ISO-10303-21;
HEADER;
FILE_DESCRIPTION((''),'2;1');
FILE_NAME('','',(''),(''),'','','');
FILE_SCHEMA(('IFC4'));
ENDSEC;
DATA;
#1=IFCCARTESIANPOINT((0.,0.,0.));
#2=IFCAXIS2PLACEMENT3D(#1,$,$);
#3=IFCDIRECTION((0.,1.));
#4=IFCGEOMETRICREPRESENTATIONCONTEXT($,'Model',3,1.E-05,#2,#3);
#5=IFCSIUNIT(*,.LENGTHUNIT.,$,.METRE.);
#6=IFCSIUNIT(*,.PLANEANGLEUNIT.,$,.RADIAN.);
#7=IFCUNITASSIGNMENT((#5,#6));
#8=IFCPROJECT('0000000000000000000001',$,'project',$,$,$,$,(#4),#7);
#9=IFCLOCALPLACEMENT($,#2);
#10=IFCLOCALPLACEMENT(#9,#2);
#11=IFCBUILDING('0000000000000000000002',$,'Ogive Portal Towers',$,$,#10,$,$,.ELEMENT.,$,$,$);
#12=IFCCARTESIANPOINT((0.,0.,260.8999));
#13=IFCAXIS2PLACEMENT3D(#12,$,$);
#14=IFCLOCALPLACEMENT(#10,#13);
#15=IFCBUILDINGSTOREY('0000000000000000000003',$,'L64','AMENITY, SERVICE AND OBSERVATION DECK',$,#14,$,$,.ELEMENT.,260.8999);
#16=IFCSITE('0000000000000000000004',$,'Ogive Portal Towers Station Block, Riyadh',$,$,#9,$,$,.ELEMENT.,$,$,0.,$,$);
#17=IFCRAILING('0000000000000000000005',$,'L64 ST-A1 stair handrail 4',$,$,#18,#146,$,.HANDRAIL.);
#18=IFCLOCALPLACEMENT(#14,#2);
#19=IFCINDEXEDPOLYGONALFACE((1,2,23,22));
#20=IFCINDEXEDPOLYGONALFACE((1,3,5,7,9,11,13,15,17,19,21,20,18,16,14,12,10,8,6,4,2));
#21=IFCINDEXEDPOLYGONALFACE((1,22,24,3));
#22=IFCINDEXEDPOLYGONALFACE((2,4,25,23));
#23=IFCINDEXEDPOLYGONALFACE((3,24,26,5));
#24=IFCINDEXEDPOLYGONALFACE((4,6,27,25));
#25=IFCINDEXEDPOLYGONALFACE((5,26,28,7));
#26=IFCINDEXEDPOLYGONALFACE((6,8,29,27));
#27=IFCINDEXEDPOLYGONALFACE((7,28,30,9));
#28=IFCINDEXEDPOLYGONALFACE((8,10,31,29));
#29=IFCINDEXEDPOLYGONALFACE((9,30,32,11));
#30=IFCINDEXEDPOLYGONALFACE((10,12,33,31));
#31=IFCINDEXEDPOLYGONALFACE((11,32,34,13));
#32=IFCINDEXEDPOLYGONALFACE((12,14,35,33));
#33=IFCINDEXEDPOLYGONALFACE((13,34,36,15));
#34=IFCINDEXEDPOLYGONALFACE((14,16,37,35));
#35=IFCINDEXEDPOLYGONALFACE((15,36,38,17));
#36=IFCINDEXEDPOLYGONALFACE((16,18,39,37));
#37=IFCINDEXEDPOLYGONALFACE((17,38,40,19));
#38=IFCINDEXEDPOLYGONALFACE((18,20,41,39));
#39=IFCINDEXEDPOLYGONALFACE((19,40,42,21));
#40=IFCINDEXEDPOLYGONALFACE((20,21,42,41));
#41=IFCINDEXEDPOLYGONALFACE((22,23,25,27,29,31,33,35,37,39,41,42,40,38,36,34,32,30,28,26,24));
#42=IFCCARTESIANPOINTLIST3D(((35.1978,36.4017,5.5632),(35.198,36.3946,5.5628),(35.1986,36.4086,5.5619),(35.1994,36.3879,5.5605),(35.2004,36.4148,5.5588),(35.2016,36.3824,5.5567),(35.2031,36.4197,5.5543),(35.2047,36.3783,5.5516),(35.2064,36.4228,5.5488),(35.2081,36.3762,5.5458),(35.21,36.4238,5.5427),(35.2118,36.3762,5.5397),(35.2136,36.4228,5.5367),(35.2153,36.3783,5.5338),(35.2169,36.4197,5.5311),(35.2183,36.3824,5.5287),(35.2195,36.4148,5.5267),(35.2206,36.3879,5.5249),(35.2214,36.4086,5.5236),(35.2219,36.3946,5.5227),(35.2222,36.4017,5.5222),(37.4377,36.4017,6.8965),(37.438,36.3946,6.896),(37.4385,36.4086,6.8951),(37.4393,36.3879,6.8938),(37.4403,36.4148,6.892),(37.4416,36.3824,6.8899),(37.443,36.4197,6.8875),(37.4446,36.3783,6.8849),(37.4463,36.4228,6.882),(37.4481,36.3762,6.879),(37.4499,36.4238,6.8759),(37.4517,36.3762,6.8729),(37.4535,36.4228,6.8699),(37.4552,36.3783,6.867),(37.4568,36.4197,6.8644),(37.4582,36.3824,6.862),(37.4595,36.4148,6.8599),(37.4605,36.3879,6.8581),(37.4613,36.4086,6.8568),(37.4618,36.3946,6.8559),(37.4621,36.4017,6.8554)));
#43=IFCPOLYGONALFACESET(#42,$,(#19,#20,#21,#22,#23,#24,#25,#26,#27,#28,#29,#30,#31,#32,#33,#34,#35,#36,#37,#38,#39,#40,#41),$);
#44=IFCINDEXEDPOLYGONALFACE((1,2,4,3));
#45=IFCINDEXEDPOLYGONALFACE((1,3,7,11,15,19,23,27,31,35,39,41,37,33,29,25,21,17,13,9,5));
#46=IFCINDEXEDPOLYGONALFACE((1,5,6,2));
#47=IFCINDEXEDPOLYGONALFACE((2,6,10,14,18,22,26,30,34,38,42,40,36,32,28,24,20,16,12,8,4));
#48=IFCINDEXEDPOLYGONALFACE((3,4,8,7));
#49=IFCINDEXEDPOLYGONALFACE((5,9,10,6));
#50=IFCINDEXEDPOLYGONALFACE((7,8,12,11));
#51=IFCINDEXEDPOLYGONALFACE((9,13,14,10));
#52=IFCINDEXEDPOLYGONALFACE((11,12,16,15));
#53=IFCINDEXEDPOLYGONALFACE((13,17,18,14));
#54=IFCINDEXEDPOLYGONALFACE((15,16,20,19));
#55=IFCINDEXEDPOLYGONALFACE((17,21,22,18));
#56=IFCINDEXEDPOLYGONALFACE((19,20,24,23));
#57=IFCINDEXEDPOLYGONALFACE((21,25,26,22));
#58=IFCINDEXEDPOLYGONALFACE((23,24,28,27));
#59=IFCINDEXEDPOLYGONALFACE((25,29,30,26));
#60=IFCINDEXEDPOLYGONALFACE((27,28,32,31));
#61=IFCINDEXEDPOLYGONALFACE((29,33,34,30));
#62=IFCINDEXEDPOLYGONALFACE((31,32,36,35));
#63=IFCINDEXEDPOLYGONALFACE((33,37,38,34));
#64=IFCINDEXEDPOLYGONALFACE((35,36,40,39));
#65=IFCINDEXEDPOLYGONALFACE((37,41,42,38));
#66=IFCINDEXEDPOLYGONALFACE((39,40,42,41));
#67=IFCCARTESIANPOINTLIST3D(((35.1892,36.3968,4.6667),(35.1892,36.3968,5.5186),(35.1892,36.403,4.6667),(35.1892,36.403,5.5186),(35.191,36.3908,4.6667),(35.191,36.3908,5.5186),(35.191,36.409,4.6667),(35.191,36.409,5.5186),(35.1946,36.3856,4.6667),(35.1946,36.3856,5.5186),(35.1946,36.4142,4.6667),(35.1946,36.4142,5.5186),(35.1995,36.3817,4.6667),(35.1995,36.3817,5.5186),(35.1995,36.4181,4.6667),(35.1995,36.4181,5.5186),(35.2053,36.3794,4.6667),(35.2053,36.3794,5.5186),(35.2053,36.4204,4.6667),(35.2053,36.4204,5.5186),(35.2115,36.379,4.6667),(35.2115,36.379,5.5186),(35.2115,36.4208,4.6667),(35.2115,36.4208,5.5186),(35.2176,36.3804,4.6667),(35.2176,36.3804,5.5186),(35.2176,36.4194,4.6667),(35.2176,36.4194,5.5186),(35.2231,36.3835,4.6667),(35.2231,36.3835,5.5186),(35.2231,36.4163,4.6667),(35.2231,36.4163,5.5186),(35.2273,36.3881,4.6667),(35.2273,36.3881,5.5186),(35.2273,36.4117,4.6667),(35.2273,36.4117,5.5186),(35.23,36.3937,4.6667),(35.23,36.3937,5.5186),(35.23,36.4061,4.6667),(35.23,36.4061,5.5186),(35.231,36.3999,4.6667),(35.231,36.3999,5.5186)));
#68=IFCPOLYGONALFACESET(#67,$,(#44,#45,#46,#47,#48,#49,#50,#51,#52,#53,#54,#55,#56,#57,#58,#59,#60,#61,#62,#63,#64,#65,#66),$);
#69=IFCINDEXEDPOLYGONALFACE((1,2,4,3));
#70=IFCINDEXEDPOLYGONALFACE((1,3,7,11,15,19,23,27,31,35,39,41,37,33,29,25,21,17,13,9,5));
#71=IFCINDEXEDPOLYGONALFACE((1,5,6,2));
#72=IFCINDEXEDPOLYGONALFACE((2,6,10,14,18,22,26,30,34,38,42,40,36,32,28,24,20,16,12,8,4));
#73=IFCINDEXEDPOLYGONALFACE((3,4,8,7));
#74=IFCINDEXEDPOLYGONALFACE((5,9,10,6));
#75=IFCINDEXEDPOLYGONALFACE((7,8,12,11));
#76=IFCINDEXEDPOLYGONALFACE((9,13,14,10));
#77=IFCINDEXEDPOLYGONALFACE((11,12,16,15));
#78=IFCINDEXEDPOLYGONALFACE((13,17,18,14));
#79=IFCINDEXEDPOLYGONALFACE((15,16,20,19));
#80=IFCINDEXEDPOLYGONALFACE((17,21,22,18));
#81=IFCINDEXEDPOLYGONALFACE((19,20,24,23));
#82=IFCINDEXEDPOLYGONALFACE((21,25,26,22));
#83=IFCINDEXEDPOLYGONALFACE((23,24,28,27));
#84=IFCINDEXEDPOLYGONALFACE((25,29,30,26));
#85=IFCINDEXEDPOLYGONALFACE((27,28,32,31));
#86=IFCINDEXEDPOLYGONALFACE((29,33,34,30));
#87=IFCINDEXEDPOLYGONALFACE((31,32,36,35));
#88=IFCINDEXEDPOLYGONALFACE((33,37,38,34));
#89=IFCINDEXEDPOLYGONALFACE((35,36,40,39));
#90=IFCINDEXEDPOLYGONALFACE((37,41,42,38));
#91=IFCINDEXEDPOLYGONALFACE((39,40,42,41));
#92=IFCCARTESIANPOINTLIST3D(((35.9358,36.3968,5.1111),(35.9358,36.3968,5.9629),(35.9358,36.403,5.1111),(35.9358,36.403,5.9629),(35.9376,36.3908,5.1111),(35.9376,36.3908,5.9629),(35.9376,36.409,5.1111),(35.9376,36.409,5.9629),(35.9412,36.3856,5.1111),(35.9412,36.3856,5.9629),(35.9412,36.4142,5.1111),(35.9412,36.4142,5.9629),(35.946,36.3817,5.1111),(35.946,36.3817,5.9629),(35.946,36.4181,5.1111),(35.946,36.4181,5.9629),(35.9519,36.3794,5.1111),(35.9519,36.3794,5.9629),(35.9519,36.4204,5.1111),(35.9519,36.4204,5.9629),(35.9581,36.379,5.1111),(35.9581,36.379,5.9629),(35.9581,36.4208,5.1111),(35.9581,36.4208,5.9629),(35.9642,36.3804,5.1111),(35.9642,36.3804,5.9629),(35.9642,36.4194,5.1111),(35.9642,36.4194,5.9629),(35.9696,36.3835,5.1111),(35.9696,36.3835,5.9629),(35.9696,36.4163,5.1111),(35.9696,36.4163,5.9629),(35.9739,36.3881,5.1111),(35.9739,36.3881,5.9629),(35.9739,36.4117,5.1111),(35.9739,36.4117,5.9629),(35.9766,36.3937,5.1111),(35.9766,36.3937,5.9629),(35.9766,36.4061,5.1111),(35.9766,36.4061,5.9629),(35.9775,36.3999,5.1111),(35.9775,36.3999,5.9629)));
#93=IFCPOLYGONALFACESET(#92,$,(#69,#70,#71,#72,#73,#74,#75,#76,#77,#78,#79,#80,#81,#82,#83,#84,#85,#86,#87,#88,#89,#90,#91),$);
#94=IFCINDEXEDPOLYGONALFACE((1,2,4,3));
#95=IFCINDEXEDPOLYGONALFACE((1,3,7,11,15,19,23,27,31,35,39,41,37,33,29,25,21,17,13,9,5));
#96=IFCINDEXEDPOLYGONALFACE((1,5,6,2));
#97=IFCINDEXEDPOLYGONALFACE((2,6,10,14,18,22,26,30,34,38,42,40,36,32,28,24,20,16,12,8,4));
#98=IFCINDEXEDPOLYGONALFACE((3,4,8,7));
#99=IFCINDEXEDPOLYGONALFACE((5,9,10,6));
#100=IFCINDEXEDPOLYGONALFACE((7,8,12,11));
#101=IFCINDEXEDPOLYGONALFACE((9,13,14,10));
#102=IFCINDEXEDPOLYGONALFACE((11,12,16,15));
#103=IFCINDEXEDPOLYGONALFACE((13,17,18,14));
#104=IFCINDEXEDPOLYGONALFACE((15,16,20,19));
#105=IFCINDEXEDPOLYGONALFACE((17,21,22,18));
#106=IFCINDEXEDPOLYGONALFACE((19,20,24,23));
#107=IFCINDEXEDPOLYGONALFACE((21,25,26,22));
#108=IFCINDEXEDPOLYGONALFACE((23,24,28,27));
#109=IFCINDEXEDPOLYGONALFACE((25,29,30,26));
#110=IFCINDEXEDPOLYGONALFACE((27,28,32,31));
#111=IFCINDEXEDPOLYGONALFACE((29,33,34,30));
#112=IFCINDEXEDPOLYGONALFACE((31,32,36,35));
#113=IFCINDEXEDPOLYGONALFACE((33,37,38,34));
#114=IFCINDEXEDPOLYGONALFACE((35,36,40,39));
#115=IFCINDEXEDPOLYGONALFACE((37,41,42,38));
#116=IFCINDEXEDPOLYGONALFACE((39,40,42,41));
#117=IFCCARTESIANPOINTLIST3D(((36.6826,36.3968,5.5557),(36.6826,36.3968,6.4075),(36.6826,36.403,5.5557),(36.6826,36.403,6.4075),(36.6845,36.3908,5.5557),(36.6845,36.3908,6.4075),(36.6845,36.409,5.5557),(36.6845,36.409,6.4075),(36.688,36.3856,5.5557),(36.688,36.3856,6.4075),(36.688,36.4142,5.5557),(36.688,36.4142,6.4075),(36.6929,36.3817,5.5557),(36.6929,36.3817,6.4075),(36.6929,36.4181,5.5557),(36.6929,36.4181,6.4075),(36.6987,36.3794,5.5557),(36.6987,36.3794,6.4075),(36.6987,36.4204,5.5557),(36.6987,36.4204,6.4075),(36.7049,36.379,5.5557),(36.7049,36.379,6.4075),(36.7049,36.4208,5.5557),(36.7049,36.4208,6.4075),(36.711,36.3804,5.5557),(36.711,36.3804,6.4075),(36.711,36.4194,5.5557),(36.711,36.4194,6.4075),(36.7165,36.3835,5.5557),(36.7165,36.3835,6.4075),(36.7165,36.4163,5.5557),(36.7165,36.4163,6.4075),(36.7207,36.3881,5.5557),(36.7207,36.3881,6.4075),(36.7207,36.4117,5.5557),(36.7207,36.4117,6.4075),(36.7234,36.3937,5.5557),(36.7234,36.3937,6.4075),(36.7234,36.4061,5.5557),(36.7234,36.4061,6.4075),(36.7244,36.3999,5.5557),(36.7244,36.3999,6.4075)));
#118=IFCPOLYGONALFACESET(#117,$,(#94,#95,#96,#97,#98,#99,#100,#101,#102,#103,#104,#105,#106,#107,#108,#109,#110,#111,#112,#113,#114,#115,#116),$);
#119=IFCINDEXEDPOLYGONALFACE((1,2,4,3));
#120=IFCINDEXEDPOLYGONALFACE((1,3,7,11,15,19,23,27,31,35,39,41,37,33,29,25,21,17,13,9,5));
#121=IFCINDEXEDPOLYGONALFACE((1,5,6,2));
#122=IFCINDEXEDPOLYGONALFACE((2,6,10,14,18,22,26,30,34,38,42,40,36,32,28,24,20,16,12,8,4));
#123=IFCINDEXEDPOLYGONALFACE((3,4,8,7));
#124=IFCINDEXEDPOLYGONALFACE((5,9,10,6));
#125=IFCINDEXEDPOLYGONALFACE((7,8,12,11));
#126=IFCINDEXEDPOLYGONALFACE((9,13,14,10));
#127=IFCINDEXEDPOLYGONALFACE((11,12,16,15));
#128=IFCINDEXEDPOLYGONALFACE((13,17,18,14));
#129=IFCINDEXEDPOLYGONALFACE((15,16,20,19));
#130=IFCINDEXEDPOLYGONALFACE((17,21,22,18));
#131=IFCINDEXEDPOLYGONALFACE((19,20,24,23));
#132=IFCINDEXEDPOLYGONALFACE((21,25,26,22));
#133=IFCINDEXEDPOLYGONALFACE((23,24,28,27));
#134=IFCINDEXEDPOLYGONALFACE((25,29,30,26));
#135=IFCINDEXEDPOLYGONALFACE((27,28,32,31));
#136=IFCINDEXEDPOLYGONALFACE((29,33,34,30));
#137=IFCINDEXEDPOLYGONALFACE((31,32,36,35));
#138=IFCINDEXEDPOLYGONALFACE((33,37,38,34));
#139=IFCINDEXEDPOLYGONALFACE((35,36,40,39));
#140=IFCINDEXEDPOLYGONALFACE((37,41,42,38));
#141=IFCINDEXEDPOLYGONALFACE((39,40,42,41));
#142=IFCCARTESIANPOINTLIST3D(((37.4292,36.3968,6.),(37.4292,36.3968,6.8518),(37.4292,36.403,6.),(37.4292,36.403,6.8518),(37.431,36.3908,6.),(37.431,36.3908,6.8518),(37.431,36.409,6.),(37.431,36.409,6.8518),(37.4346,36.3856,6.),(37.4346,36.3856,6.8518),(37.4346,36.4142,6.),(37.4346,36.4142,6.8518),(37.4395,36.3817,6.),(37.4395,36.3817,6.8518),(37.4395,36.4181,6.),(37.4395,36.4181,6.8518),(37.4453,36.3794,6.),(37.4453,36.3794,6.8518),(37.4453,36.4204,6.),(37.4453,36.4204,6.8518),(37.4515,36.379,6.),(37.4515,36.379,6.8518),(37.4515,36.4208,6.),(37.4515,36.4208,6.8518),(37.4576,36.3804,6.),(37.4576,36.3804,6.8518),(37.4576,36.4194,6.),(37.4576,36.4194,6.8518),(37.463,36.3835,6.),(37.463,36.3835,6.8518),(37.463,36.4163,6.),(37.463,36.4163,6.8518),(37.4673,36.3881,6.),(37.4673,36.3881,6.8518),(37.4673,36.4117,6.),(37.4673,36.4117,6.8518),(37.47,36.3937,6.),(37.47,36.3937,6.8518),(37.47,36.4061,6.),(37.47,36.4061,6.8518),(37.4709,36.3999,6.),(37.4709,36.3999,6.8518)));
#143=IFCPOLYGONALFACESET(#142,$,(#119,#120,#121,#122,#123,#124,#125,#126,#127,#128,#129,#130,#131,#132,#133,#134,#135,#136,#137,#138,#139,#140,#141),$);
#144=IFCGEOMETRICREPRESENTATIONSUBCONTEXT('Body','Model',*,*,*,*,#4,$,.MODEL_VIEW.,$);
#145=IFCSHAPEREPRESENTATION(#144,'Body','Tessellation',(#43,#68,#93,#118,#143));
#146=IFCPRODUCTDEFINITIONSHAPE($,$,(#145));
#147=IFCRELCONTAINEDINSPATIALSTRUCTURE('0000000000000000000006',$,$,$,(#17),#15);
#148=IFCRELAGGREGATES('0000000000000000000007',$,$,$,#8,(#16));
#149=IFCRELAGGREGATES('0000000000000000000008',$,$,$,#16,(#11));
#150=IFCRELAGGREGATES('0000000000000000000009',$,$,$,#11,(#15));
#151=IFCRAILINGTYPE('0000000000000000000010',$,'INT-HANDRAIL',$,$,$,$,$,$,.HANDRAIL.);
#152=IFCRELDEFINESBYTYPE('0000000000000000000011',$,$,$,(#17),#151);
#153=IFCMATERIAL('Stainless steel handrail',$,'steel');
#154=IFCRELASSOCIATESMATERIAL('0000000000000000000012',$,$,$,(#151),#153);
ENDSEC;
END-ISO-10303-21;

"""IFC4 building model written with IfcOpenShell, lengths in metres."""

from ifc_helpers import new_model, si_unit, direction, frame, origin, origin_2d, place, context, subcontext, project, spatial, circle, extrude, material, type_object, element, save


model = new_model("IFC4")

# Units and contexts
model_context = context("Model", 3, precision=1e-05, world=origin(), true_north=direction((0.0, 1.0)))
body_context = subcontext(model_context, "Body", "Model", "MODEL_VIEW")
ifc_project = project(units=[si_unit("LENGTHUNIT", "METRE"), si_unit("PLANEANGLEUNIT", "RADIAN")], contexts=[model_context])

# Site, building, storey
site_placement = place(None, origin())
site = spatial("IfcSite", under=ifc_project, at=site_placement, Name="Ogive Portal Towers Station Block, Riyadh", CompositionType="ELEMENT", RefElevation=0.0)
building_placement = place(site_placement, origin())
building = spatial("IfcBuilding", under=site, at=building_placement, Name="Ogive Portal Towers", CompositionType="ELEMENT")
storey_placement = place(building_placement, frame((0.0, 0.0, 260.8999)))
storey = spatial("IfcBuildingStorey", under=building, at=storey_placement, Name="L64", Description="AMENITY, SERVICE AND OBSERVATION DECK", CompositionType="ELEMENT", Elevation=260.8999)

# Railing
ifc_material_1 = material(Name="Stainless steel handrail", Category="steel")
railing_type_1 = type_object("IfcRailingType", Name="INT-HANDRAIL", PredefinedType="HANDRAIL", material=ifc_material_1)
for number, where, name in (
    (1, (35.21, 36.3999, 4.6667), "L64 ST-A1 stair handrail 4"),
):
    element("IfcRailing", number, at=place(storey_placement, frame(where)), inside=storey, type_object=railing_type_1, Name=name, PredefinedType="HANDRAIL", context=body_context, shape_type="SweptSolid", body=[
        extrude(circle(Radius=0.0239, at=origin_2d()), frame((0.0, 0.0, 0.876), z_axis=(0.859306, 0.0, 0.511462), x_axis=(0.0, 1.0, 0.0)), (0.0, 0.0, 1.0), 2.6067),
        extrude(circle(Radius=0.021, at=origin_2d()), origin(), (0.0, 0.0, 1.0), 0.8518),
        extrude(circle(Radius=0.021, at=origin_2d()), frame((0.7466, 0.0, 0.4443)), (0.0, 0.0, 1.0), 0.8518),
        extrude(circle(Radius=0.021, at=origin_2d()), frame((1.4934, 0.0, 0.8889)), (0.0, 0.0, 1.0), 0.8518),
        extrude(circle(Radius=0.021, at=origin_2d()), frame((2.24, 0.0, 1.3333)), (0.0, 0.0, 1.0), 0.8518),
    ])

save(model, "model.ifc")
